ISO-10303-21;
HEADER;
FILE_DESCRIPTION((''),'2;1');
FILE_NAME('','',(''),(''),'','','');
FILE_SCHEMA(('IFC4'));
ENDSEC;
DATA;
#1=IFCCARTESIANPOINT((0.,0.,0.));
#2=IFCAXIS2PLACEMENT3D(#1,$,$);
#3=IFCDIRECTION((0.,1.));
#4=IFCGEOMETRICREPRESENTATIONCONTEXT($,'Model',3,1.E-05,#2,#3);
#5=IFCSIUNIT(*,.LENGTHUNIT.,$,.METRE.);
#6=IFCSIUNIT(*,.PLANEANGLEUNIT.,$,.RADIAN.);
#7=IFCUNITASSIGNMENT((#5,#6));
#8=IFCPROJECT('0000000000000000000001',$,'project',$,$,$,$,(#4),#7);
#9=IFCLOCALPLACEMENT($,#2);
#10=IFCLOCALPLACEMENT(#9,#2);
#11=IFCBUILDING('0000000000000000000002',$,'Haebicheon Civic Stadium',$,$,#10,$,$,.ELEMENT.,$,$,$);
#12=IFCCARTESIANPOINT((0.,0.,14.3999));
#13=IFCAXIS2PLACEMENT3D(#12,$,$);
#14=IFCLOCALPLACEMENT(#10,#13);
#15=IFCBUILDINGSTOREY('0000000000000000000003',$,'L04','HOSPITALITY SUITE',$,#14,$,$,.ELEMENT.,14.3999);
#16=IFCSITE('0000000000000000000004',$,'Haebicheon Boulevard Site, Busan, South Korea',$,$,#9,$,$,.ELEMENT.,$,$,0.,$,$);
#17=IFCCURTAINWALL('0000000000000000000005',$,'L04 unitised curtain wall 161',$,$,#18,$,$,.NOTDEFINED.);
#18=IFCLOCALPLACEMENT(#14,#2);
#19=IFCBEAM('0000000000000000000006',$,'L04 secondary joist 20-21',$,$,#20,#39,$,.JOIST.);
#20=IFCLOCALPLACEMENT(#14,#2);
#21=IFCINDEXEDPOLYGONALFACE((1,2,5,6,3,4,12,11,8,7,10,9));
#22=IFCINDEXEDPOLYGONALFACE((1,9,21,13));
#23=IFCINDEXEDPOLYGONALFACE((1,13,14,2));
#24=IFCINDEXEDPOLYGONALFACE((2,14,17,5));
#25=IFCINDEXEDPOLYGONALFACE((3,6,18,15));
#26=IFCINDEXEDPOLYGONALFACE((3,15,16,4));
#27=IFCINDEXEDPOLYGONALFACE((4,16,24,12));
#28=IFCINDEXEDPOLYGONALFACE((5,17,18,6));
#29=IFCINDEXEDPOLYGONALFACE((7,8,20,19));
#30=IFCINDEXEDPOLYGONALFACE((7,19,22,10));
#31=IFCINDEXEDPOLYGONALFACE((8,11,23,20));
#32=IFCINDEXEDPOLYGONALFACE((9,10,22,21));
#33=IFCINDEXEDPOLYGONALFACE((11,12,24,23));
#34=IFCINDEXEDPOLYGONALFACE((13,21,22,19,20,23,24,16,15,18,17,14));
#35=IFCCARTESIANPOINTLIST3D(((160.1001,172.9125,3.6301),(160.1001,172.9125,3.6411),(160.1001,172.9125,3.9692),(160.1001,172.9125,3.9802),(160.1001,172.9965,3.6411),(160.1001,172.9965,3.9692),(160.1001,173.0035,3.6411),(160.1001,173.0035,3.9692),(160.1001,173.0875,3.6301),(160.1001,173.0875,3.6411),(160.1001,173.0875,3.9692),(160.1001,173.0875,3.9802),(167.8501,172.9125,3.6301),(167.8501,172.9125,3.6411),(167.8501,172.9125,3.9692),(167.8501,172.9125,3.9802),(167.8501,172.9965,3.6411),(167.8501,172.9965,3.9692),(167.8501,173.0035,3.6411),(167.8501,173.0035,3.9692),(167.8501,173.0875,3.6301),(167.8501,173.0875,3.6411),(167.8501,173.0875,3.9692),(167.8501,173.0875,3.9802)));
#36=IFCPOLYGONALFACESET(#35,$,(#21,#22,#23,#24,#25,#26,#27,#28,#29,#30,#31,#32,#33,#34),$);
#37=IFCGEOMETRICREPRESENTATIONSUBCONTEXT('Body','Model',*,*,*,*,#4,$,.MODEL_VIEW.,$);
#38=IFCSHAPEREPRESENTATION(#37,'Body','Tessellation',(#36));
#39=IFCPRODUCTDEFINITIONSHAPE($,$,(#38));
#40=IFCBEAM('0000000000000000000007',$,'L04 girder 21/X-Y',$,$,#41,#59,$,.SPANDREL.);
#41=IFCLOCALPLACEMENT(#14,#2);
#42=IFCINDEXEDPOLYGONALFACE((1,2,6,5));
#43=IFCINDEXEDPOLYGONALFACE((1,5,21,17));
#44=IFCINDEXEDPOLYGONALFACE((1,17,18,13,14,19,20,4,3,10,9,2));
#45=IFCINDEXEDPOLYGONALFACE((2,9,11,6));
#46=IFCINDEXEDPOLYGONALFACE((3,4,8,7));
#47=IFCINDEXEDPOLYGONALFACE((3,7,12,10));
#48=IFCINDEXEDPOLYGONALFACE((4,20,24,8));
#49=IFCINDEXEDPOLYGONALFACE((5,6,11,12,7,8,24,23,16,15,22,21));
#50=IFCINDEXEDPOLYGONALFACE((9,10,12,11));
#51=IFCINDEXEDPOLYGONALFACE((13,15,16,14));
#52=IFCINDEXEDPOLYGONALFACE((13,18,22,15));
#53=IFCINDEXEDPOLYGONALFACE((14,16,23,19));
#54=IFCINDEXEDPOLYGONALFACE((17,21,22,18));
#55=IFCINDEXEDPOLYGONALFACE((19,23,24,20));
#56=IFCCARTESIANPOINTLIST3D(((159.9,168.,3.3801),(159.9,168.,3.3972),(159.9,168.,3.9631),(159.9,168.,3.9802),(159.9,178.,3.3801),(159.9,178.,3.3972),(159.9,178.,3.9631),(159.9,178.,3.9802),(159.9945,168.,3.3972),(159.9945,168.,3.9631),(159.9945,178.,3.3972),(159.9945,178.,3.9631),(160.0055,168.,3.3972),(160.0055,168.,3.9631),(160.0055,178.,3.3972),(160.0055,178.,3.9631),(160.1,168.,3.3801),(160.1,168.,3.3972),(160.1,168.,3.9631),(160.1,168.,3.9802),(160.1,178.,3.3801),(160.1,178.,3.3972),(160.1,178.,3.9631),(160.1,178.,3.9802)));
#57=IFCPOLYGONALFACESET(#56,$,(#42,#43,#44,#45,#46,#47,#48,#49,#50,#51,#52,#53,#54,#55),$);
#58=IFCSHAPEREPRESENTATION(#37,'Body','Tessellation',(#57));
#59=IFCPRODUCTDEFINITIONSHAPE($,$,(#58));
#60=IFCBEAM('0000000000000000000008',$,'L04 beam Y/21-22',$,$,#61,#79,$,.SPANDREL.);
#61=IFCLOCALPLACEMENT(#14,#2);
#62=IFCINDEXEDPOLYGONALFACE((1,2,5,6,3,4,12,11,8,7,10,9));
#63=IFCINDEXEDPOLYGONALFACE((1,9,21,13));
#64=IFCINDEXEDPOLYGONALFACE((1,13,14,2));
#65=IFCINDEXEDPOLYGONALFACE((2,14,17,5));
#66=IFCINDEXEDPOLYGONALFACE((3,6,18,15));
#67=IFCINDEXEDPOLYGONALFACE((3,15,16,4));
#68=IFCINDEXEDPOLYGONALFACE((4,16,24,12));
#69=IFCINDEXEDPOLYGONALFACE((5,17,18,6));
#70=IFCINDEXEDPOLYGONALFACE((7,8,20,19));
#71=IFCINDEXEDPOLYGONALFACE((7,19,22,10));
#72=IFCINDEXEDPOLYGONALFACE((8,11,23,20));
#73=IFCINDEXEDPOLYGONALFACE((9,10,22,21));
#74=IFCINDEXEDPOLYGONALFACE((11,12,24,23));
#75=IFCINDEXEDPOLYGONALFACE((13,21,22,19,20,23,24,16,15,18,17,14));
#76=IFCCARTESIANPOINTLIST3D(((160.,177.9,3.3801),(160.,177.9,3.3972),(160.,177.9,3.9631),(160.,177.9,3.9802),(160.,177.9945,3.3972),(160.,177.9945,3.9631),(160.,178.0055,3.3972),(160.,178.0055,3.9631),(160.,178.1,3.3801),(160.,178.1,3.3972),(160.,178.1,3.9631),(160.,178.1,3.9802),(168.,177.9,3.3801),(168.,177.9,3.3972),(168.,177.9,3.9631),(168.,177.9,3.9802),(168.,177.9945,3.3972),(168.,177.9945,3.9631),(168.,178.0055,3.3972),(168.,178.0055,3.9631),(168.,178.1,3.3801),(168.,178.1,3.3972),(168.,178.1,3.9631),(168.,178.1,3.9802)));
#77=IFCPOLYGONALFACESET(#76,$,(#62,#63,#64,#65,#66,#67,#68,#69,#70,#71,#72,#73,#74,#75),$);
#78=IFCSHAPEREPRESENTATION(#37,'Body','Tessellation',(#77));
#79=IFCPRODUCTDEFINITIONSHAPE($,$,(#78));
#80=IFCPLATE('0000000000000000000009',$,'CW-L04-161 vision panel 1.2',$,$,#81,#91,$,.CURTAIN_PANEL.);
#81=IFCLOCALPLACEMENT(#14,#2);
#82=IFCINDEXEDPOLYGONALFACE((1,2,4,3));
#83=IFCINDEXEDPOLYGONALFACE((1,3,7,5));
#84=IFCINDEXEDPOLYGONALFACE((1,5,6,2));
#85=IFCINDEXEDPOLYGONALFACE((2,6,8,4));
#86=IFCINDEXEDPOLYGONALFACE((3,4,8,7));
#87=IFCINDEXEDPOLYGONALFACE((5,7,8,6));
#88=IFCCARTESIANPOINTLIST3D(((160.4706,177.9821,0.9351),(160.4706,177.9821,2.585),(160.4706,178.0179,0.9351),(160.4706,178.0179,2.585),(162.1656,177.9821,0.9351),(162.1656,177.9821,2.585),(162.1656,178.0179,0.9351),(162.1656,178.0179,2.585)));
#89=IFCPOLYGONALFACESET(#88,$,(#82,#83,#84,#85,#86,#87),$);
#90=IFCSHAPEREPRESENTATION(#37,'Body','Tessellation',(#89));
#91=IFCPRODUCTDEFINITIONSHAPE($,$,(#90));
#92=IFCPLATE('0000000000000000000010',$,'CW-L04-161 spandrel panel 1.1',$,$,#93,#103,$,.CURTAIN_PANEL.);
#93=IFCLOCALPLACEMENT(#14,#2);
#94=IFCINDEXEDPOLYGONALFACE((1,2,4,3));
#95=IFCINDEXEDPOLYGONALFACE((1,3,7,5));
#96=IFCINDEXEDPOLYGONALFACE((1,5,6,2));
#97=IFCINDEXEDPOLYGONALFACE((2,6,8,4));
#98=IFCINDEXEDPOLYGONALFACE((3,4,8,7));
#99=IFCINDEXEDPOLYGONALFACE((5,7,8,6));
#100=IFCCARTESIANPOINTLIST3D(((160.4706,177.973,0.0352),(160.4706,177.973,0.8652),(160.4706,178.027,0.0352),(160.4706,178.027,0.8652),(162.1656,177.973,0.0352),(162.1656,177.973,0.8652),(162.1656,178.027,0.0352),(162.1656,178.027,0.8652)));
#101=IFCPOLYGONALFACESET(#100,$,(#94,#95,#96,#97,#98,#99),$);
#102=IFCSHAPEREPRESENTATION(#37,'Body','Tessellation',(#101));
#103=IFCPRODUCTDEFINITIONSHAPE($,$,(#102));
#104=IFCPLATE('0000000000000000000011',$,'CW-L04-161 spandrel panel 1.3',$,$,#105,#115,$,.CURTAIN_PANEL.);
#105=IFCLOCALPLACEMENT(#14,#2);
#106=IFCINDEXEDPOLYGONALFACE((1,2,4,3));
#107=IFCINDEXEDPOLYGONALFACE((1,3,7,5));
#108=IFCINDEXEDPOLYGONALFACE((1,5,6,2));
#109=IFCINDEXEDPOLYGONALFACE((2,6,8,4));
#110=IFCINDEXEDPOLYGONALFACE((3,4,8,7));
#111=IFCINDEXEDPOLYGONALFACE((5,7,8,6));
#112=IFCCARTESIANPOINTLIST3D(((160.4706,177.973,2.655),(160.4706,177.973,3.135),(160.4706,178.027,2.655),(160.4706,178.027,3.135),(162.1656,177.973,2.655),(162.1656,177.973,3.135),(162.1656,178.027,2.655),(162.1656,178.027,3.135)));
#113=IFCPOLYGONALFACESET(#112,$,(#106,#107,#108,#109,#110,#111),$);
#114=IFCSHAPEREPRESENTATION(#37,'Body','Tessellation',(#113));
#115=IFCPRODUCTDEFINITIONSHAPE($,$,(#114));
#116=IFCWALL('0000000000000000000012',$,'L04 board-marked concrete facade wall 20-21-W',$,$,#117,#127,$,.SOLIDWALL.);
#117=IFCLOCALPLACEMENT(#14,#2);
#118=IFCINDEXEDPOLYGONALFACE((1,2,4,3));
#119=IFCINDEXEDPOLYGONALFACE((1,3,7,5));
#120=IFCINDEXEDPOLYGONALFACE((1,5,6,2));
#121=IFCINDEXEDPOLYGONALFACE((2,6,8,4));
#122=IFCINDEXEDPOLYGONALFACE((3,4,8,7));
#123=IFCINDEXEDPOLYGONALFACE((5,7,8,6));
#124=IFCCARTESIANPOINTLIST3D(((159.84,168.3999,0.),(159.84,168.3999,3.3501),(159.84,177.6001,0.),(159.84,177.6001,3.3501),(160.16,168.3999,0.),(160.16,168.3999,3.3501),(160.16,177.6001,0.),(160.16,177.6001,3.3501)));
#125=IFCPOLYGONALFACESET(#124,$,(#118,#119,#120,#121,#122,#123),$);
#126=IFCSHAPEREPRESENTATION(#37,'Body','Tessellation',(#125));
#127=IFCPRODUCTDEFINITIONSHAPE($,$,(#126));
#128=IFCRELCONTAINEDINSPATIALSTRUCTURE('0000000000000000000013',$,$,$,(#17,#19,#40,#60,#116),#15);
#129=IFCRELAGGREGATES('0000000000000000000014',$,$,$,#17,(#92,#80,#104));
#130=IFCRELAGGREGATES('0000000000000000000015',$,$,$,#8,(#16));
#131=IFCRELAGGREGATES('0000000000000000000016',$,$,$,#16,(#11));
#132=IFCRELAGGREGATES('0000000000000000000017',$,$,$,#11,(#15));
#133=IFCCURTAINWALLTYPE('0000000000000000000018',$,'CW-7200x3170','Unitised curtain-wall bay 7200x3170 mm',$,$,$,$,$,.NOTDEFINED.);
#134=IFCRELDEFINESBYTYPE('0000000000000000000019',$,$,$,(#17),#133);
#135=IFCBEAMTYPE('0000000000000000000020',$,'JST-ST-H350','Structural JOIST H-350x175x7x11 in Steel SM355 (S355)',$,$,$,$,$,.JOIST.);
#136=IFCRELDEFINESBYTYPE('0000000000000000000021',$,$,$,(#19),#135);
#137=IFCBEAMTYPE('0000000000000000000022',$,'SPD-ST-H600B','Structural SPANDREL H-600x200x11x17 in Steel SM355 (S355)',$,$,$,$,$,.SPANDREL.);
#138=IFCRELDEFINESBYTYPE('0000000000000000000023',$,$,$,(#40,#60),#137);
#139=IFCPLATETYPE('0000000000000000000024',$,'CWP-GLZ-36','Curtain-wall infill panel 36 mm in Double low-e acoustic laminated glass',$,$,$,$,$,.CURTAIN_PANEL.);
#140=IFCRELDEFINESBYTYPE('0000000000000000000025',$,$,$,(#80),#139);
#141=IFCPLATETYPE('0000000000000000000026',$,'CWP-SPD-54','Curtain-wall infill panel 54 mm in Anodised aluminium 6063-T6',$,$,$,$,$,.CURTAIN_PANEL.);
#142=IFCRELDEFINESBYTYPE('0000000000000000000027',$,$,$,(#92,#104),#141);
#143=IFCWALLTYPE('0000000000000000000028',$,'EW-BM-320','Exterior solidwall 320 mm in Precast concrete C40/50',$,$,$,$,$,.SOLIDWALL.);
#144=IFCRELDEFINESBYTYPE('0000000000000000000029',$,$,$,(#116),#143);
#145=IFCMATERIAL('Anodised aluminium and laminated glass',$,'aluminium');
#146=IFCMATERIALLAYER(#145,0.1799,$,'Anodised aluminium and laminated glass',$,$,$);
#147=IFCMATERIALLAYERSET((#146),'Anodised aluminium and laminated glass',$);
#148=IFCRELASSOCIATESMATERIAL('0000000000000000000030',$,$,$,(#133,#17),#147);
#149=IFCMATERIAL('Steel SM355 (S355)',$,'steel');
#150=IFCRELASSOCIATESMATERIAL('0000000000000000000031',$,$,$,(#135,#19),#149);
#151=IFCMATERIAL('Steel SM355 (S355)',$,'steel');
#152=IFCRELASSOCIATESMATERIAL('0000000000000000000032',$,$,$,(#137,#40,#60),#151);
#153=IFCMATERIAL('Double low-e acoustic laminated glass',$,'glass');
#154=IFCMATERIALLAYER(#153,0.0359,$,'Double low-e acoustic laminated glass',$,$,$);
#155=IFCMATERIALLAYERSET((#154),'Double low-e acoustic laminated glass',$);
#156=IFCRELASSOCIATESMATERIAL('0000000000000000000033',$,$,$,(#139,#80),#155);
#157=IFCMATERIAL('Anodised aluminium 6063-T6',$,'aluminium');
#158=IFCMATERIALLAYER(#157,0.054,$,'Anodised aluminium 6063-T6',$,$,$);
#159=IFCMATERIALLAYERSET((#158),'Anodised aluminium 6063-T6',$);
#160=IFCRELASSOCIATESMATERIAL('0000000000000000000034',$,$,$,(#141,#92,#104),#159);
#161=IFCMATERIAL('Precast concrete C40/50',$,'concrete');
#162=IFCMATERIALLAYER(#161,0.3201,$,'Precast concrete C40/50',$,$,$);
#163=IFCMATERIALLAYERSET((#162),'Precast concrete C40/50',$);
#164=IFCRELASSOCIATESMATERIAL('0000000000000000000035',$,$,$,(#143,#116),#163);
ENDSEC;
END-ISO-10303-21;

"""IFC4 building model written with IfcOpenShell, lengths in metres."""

from ifc_helpers import new_model, si_unit, direction, frame, frame_2d, origin, origin_2d, place, context, subcontext, project, spatial, rectangle, i_section, extrude, material, layer, layer_set, material_profile, profile_set, type_object, element, aggregate, save


model = new_model("IFC4")

# Units and contexts
model_context = context("Model", 3, precision=1e-05, world=origin(), true_north=direction((0.0, 1.0)))
body_context = subcontext(model_context, "Body", "Model", "MODEL_VIEW")
ifc_project = project(units=[si_unit("LENGTHUNIT", "METRE"), si_unit("PLANEANGLEUNIT", "RADIAN")], contexts=[model_context])

# Site, building, storey
site_placement = place(None, origin())
site = spatial("IfcSite", under=ifc_project, at=site_placement, Name="Haebicheon Boulevard Site, Busan, South Korea", CompositionType="ELEMENT", RefElevation=0.0)
building_placement = place(site_placement, origin())
building = spatial("IfcBuilding", under=site, at=building_placement, Name="Haebicheon Civic Stadium", CompositionType="ELEMENT")
storey_placement = place(building_placement, frame((0.0, 0.0, 14.3999)))
storey = spatial("IfcBuildingStorey", under=building, at=storey_placement, Name="L04", Description="HOSPITALITY SUITE", CompositionType="ELEMENT", Elevation=14.3999)

# Curtain wall
ifc_material_1 = material(Name="Anodised aluminium and laminated glass", Category="aluminium")
ifc_layer_1 = layer(ifc_material_1, 0.1799, Name="Anodised aluminium and laminated glass")
ifc_layer_set_1 = layer_set([ifc_layer_1], Name="Anodised aluminium and laminated glass")
curtain_wall_type_1 = type_object("IfcCurtainWallType", Name="CW-7200x3170", Description="Unitised curtain-wall bay 7200x3170 mm", PredefinedType="NOTDEFINED", material=ifc_layer_set_1)
curtain_wall_1_placement = place(storey_placement, origin())
curtain_wall_1 = element("IfcCurtainWall", 1, at=curtain_wall_1_placement, inside=storey, type_object=curtain_wall_type_1, material=ifc_layer_set_1, Name="L04 unitised curtain wall 161", PredefinedType="NOTDEFINED")

# Beams
ifc_material_2 = material(Name="Steel SM355 (S355)", Category="steel")
ifc_material_profile_1 = material_profile(ifc_material_2, i_section(OverallWidth=0.175, OverallDepth=0.3501, WebThickness=0.0071, FlangeThickness=0.011, at=origin_2d()), Name="H-350x175x7x11")
ifc_profile_set_1 = profile_set([ifc_material_profile_1], Name="Steel SM355 (S355)")
beam_type_1 = type_object("IfcBeamType", Name="JST-ST-H350", Description="Structural JOIST H-350x175x7x11 in Steel SM355 (S355)", PredefinedType="JOIST", material=ifc_profile_set_1)
beam_1_placement = place(storey_placement, frame((160.1001, 173.0, 3.8052), z_axis=(1.0, 0.0, 0.0), x_axis=(0.0, 1.0, 0.0)))
element("IfcBeam", 2, at=beam_1_placement, inside=storey, type_object=beam_type_1, material=ifc_profile_set_1, Name="L04 secondary joist 20-21", PredefinedType="JOIST", context=body_context, shape_type="SweptSolid", body=[
    extrude(i_section(OverallWidth=0.175, OverallDepth=0.3501, WebThickness=0.0071, FlangeThickness=0.011, at=origin_2d()), origin(), (0.0, 0.0, 1.0), 7.75),
])
ifc_material_3 = material(Name="Steel SM355 (S355)", Category="steel")
ifc_material_profile_2 = material_profile(ifc_material_3, i_section(OverallWidth=0.2, OverallDepth=0.6001, WebThickness=0.011, FlangeThickness=0.0171, at=origin_2d()), Name="H-600x200x11x17")
ifc_profile_set_2 = profile_set([ifc_material_profile_2], Name="Steel SM355 (S355)")
beam_type_2 = type_object("IfcBeamType", Name="SPD-ST-H600B", Description="Structural SPANDREL H-600x200x11x17 in Steel SM355 (S355)", PredefinedType="SPANDREL", material=ifc_profile_set_2)
beam_2_placement = place(storey_placement, frame((160.0, 168.0, 3.6802), z_axis=(0.0, 1.0, 0.0), x_axis=(-1.0, 0.0, 0.0)))
element("IfcBeam", 3, at=beam_2_placement, inside=storey, type_object=beam_type_2, material=ifc_profile_set_2, Name="L04 girder 21/X-Y", PredefinedType="SPANDREL", context=body_context, shape_type="SweptSolid", body=[
    extrude(i_section(OverallWidth=0.2, OverallDepth=0.6001, WebThickness=0.011, FlangeThickness=0.0171, at=origin_2d()), origin(), (0.0, 0.0, 1.0), 10.0),
])
beam_3_placement = place(storey_placement, frame((160.0, 178.0, 3.6802), z_axis=(1.0, 0.0, 0.0), x_axis=(0.0, 1.0, 0.0)))
element("IfcBeam", 4, at=beam_3_placement, inside=storey, type_object=beam_type_2, material=ifc_profile_set_2, Name="L04 beam Y/21-22", PredefinedType="SPANDREL", context=body_context, shape_type="SweptSolid", body=[
    extrude(i_section(OverallWidth=0.2, OverallDepth=0.6001, WebThickness=0.011, FlangeThickness=0.0171, at=origin_2d()), origin(), (0.0, 0.0, 1.0), 8.0),
])

# Plates
ifc_material_4 = material(Name="Double low-e acoustic laminated glass", Category="glass")
ifc_layer_2 = layer(ifc_material_4, 0.0359, Name="Double low-e acoustic laminated glass")
ifc_layer_set_2 = layer_set([ifc_layer_2], Name="Double low-e acoustic laminated glass")
plate_type_1 = type_object("IfcPlateType", Name="CWP-GLZ-36", Description="Curtain-wall infill panel 36 mm in Double low-e acoustic laminated glass", PredefinedType="CURTAIN_PANEL", material=ifc_layer_set_2)
plate_1_placement = place(storey_placement, frame((161.3181, 178.0, 0.9351), z_axis=(0.0, 0.0, 1.0), x_axis=(1.0, 0.0, 0.0)))
plate_1 = element("IfcPlate", 5, at=plate_1_placement, type_object=plate_type_1, material=ifc_layer_set_2, Name="CW-L04-161 vision panel 1.2", PredefinedType="CURTAIN_PANEL", context=body_context, shape_type="SweptSolid", body=[
    extrude(rectangle(XDim=1.6951, YDim=0.0359, at=origin_2d()), origin(), (0.0, 0.0, 1.0), 1.6499),
])
ifc_material_5 = material(Name="Anodised aluminium 6063-T6", Category="aluminium")
ifc_layer_3 = layer(ifc_material_5, 0.054, Name="Anodised aluminium 6063-T6")
ifc_layer_set_3 = layer_set([ifc_layer_3], Name="Anodised aluminium 6063-T6")
plate_type_2 = type_object("IfcPlateType", Name="CWP-SPD-54", Description="Curtain-wall infill panel 54 mm in Anodised aluminium 6063-T6", PredefinedType="CURTAIN_PANEL", material=ifc_layer_set_3)
plate_2_placement = place(storey_placement, frame((161.3181, 178.0, 0.0352), z_axis=(0.0, 0.0, 1.0), x_axis=(1.0, 0.0, 0.0)))
plate_2 = element("IfcPlate", 6, at=plate_2_placement, type_object=plate_type_2, material=ifc_layer_set_3, Name="CW-L04-161 spandrel panel 1.1", PredefinedType="CURTAIN_PANEL", context=body_context, shape_type="SweptSolid", body=[
    extrude(rectangle(XDim=1.6951, YDim=0.054, at=origin_2d()), origin(), (0.0, 0.0, 1.0), 0.8301),
])
plate_3_placement = place(storey_placement, frame((161.3181, 178.0, 2.655), z_axis=(0.0, 0.0, 1.0), x_axis=(1.0, 0.0, 0.0)))
plate_3 = element("IfcPlate", 7, at=plate_3_placement, type_object=plate_type_2, material=ifc_layer_set_3, Name="CW-L04-161 spandrel panel 1.3", PredefinedType="CURTAIN_PANEL", context=body_context, shape_type="SweptSolid", body=[
    extrude(rectangle(XDim=1.6951, YDim=0.054, at=origin_2d()), origin(), (0.0, 0.0, 1.0), 0.48),
])
aggregate(curtain_wall_1, [plate_2, plate_1, plate_3])

# Wall
ifc_material_6 = material(Name="Precast concrete C40/50", Category="concrete")
ifc_layer_4 = layer(ifc_material_6, 0.3201, Name="Precast concrete C40/50")
ifc_layer_set_4 = layer_set([ifc_layer_4], Name="Precast concrete C40/50")
wall_type = type_object("IfcWallType", Name="EW-BM-320", Description="Exterior solidwall 320 mm in Precast concrete C40/50", PredefinedType="SOLIDWALL", material=ifc_layer_set_4)
wall_placement = place(storey_placement, frame((160.0, 168.3999, 0.0), z_axis=(0.0, 0.0, 1.0), x_axis=(0.0, 1.0, 0.0)))
element("IfcWall", 8, at=wall_placement, inside=storey, type_object=wall_type, material=ifc_layer_set_4, Name="L04 board-marked concrete facade wall 20-21-W", PredefinedType="SOLIDWALL", context=body_context, shape_type="SweptSolid", body=[
    extrude(rectangle(XDim=9.2002, YDim=0.3201, at=frame_2d((4.6001, 0.0))), origin(), (0.0, 0.0, 1.0), 3.3501),
])

save(model, "model.ifc")
